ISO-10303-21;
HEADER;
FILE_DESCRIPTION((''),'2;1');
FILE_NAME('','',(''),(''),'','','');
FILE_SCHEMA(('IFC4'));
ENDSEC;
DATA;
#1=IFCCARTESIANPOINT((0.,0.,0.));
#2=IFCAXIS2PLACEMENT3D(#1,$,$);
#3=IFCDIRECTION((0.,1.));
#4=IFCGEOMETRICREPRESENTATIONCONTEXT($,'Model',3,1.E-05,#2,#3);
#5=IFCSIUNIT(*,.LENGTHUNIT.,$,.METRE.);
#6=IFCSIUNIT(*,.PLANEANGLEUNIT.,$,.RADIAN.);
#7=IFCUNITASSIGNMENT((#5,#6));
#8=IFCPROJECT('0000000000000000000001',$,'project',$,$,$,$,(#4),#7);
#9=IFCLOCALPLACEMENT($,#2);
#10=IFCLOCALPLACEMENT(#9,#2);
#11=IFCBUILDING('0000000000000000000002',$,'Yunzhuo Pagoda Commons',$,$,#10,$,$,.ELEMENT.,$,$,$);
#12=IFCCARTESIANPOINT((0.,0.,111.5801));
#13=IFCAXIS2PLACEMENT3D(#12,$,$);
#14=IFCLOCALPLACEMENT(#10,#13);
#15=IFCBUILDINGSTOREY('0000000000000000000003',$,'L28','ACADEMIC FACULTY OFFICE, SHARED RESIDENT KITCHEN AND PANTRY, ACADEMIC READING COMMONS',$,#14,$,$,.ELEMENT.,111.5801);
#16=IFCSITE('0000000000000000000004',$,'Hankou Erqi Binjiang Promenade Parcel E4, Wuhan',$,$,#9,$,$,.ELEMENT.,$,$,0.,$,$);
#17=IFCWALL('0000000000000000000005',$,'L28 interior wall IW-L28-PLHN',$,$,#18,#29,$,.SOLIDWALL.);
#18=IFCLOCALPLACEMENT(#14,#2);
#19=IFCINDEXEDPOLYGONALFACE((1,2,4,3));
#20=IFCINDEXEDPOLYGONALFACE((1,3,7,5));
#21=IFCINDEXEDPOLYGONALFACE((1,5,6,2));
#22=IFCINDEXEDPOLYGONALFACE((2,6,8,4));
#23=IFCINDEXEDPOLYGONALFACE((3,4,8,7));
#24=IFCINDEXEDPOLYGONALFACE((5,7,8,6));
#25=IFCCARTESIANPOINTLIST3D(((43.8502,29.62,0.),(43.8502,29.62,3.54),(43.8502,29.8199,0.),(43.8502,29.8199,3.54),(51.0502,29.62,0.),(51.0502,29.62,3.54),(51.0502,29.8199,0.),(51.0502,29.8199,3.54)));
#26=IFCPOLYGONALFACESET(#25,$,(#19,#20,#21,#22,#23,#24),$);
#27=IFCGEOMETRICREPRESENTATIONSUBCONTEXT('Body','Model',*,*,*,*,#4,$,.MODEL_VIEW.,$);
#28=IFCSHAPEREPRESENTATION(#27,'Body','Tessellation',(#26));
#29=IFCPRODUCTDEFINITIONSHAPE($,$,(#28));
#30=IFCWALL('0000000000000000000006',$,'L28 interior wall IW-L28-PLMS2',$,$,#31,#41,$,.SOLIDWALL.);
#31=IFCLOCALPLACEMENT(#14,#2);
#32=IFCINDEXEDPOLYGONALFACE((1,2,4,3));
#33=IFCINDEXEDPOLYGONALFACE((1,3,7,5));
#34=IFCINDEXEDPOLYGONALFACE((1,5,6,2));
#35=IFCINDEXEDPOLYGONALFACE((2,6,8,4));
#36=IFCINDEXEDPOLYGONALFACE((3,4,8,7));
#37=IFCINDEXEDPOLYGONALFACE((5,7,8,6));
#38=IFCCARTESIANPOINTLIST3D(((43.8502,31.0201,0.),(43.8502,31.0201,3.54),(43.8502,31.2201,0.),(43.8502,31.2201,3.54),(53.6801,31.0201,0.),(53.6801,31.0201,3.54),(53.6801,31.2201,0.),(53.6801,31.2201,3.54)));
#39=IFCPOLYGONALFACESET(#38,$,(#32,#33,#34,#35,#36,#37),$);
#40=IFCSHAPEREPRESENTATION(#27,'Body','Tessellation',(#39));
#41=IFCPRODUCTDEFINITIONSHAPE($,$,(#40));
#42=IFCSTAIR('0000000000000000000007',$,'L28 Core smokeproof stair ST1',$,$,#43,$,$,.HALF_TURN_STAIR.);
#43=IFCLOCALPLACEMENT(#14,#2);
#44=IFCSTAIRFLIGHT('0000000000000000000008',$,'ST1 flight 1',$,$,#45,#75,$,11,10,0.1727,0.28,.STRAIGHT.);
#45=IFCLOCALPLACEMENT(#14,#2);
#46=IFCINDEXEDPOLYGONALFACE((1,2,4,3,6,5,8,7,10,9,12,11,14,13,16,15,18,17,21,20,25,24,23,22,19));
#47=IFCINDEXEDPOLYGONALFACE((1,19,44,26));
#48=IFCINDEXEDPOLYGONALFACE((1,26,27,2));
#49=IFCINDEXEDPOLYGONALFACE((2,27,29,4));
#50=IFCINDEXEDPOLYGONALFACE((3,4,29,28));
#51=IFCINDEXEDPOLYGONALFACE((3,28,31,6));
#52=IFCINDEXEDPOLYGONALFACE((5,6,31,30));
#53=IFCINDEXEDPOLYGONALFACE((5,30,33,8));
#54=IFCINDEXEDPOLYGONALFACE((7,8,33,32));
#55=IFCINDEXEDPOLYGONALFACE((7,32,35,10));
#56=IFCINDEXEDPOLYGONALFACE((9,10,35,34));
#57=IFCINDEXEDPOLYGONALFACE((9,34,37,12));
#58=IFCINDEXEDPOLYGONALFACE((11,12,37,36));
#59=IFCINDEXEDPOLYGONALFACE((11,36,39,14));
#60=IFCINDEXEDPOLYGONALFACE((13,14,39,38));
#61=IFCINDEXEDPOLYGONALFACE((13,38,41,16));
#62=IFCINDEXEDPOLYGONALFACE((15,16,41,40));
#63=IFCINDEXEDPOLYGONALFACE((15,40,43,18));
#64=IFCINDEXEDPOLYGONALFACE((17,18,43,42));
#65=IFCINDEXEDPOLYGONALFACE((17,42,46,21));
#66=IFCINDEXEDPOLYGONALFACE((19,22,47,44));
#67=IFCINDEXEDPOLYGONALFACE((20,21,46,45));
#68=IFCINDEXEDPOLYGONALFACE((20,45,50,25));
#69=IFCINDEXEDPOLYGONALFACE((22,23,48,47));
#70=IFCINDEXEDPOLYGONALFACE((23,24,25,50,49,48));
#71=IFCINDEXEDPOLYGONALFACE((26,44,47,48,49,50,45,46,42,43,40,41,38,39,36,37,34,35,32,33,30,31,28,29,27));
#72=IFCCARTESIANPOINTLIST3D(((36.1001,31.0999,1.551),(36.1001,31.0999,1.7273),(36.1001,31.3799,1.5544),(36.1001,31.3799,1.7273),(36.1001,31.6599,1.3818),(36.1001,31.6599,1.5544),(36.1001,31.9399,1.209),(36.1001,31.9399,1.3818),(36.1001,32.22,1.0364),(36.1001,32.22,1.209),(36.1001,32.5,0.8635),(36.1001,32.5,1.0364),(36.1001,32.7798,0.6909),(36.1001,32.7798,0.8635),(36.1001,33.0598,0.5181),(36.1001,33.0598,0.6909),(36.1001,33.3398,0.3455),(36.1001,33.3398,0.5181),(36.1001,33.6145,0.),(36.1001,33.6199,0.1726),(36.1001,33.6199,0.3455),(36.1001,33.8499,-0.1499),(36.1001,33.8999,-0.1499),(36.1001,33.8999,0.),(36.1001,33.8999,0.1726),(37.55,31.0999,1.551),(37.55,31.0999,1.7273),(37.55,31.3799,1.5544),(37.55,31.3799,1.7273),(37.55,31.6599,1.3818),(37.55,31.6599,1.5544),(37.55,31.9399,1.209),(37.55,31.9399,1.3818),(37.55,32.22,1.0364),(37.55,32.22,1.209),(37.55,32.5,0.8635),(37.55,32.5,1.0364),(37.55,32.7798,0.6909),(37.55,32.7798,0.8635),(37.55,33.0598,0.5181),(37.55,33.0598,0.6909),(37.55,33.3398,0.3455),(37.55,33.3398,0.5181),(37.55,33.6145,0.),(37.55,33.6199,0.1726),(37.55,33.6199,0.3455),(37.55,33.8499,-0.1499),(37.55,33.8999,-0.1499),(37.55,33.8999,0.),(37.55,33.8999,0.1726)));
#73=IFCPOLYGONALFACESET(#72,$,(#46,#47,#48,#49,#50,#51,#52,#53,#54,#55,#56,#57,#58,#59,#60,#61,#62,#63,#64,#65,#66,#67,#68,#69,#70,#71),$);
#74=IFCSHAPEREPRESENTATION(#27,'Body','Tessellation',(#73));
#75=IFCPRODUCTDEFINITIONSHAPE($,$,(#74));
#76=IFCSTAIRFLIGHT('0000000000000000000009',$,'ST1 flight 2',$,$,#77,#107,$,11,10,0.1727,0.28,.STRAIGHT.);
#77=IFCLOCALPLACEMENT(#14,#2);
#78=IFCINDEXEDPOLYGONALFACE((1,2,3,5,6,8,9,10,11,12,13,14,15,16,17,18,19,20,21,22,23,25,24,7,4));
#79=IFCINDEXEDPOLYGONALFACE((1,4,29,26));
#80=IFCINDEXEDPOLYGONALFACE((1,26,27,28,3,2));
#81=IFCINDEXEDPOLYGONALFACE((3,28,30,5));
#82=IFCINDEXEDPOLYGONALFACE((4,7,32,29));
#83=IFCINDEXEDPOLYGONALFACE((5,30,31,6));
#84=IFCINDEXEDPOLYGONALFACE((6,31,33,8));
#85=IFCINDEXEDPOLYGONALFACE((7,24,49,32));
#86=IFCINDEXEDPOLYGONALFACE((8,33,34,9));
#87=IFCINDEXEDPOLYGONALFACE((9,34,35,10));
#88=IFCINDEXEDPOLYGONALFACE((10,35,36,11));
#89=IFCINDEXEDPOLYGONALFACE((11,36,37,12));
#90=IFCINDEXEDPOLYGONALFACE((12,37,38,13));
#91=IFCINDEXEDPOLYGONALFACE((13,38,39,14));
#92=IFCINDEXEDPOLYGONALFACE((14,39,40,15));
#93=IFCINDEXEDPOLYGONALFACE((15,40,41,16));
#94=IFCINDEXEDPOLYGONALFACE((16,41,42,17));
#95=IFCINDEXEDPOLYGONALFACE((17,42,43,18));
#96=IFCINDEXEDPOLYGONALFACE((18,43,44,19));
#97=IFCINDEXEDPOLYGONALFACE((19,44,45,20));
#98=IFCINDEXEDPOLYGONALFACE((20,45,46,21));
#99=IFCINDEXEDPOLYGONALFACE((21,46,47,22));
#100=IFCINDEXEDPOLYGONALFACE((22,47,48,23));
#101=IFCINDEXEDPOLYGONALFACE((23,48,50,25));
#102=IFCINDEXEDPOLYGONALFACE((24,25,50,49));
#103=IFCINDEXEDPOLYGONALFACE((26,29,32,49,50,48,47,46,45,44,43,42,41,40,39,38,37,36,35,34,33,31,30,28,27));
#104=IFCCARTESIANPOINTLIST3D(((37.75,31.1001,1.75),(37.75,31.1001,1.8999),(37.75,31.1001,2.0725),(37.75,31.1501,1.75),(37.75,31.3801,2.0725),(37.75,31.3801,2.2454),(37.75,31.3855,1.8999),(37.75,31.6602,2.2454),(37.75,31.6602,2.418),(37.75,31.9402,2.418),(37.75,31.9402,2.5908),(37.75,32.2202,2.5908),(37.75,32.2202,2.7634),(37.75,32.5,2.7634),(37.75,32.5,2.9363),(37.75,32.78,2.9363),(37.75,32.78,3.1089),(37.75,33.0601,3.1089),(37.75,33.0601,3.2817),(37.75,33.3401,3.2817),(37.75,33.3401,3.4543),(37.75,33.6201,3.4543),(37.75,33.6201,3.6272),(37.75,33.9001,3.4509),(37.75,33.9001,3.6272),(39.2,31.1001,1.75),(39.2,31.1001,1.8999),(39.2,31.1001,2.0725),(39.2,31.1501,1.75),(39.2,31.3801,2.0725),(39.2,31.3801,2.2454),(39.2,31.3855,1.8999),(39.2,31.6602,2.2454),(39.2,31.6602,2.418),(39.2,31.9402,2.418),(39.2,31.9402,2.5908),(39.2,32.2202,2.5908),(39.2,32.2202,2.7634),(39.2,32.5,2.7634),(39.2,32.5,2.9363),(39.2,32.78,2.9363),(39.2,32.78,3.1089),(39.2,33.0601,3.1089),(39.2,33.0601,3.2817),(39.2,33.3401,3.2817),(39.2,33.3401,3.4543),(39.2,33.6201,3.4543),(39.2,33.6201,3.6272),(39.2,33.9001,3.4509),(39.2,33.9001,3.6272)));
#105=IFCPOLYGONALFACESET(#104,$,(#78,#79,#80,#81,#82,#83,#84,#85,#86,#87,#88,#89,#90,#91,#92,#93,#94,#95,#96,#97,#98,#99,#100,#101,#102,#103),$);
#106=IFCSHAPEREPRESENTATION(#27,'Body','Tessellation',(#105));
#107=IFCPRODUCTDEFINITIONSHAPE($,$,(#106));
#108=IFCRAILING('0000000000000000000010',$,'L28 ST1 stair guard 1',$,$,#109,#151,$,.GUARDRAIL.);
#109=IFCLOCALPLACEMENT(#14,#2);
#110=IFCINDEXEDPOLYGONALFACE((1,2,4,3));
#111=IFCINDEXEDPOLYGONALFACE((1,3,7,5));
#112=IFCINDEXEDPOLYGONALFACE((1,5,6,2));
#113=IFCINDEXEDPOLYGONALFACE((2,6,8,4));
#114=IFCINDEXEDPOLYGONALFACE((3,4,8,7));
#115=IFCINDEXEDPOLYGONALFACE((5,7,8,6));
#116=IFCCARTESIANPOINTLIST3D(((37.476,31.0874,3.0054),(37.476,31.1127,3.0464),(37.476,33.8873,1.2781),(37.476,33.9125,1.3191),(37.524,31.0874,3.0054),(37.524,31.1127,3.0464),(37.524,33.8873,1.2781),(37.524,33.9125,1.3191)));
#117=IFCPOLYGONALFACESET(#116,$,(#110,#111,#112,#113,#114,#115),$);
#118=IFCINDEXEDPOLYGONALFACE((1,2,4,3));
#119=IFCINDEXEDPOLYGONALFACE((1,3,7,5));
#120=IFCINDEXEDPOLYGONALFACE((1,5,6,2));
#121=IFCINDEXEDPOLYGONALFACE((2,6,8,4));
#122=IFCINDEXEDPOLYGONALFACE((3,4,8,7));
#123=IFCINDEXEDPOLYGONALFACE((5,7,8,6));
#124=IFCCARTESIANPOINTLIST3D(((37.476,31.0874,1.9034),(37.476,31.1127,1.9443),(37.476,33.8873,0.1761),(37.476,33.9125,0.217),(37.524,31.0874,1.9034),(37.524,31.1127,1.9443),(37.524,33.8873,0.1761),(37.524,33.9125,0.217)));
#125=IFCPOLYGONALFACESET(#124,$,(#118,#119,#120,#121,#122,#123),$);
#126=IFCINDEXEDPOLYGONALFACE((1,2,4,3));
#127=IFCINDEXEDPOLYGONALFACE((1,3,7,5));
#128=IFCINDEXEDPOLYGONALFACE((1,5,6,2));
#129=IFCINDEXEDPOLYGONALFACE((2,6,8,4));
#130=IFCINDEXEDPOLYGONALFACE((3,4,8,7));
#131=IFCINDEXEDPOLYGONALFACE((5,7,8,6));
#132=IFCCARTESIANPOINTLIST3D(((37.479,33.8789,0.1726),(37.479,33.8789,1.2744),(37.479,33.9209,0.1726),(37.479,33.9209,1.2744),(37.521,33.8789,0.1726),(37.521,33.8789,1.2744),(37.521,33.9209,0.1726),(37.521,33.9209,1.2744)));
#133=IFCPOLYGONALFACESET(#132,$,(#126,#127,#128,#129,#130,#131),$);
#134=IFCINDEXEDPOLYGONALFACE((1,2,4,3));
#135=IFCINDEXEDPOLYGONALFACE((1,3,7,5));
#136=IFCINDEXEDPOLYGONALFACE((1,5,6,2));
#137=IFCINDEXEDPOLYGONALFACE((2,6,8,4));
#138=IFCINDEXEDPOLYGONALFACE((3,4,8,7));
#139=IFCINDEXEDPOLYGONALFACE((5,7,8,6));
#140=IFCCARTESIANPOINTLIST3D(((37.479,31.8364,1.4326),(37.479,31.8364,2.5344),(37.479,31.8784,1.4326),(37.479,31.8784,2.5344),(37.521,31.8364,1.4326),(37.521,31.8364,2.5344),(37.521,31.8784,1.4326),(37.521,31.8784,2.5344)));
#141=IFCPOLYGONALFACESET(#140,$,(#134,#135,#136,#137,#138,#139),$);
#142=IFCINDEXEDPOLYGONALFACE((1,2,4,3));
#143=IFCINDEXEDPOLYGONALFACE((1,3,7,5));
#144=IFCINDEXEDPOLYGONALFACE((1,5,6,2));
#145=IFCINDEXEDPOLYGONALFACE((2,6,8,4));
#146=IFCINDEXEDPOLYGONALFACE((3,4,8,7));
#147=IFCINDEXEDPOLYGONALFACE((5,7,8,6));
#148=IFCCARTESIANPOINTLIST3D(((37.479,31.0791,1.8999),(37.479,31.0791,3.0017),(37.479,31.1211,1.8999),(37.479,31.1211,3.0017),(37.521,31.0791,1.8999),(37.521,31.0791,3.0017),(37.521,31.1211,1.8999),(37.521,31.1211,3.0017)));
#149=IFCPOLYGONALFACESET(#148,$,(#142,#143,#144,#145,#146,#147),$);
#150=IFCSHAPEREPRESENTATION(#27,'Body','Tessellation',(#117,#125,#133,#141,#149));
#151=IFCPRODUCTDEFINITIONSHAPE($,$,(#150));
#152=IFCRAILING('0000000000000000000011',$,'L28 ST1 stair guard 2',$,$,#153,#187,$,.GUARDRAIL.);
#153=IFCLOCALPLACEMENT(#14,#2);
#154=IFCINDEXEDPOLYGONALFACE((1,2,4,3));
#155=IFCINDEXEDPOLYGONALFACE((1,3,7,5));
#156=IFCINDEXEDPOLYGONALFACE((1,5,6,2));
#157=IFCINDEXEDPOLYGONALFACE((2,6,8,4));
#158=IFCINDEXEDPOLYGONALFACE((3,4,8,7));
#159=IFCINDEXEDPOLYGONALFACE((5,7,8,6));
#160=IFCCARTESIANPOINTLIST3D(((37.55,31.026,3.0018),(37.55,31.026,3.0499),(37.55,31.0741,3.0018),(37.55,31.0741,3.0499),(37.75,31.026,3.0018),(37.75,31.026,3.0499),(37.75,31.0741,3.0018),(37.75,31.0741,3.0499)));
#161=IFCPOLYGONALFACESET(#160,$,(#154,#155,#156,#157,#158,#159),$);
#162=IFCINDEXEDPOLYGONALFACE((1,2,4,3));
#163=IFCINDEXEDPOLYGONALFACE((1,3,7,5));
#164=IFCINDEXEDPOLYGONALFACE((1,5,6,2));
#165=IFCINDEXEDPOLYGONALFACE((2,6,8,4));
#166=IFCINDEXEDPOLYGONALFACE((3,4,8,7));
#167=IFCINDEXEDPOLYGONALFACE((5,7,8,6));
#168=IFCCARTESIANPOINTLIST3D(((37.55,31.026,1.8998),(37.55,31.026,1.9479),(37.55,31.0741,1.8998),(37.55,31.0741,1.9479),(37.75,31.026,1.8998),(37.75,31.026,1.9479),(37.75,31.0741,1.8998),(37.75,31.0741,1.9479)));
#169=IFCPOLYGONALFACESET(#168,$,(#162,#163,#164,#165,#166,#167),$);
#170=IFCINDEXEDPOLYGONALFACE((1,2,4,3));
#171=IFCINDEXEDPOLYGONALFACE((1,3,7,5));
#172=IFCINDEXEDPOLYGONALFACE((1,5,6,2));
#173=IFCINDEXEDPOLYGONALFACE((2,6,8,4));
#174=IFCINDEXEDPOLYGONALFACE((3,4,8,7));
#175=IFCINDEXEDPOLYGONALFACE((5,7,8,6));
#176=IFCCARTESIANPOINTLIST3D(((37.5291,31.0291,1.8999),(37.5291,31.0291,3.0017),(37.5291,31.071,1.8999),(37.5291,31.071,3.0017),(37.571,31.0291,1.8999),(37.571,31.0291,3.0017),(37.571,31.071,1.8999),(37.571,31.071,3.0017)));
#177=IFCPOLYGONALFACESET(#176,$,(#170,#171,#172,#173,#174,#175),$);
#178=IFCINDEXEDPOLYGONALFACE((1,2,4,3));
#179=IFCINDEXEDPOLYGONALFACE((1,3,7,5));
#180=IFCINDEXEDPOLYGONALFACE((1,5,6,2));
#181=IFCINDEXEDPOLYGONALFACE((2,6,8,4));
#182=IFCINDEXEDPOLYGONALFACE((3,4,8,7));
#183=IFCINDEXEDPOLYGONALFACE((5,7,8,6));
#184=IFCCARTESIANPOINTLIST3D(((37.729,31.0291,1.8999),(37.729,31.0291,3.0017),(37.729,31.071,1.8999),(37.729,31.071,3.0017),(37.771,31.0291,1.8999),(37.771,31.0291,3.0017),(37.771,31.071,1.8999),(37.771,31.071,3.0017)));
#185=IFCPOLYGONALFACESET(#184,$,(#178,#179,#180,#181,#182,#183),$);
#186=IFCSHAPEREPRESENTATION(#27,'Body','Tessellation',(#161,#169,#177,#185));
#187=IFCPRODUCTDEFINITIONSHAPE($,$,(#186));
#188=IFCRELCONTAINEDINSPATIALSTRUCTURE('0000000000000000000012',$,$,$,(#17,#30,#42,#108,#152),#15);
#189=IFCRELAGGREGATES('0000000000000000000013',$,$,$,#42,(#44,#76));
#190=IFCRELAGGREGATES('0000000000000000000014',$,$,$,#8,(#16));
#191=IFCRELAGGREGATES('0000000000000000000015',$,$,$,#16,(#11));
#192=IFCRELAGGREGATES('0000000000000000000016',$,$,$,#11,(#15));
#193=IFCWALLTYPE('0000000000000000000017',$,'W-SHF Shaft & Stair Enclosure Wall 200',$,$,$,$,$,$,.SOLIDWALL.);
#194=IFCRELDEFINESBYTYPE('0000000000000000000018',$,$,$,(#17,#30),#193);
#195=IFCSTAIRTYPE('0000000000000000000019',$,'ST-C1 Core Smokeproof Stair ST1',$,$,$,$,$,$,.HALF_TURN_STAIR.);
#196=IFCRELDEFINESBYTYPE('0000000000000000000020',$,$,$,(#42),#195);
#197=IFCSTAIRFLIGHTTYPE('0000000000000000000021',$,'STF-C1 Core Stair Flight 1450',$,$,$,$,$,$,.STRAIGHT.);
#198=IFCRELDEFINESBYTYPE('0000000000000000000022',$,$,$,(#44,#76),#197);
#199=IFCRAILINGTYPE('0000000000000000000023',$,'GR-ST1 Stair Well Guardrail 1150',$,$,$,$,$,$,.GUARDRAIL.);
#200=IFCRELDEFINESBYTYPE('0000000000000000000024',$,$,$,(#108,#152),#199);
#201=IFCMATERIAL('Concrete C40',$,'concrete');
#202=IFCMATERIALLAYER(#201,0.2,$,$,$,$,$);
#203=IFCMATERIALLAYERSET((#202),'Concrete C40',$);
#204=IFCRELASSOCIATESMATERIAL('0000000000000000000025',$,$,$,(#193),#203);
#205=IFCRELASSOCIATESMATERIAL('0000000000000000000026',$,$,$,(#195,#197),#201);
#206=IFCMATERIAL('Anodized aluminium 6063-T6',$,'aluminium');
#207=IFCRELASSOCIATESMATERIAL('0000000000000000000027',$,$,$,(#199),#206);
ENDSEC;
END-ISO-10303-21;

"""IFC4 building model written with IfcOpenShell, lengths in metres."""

from ifc_helpers import new_model, si_unit, direction, frame, frame_2d, origin, origin_2d, place, context, subcontext, project, spatial, polyline, rectangle, outline, extrude, source, transform, mapped, material, layer, layer_set, type_object, element, aggregate, save


model = new_model("IFC4")

# Units and contexts
model_context = context("Model", 3, precision=1e-05, world=origin(), true_north=direction((0.0, 1.0)))
body_context = subcontext(model_context, "Body", "Model", "MODEL_VIEW")
ifc_project = project(units=[si_unit("LENGTHUNIT", "METRE"), si_unit("PLANEANGLEUNIT", "RADIAN")], contexts=[model_context])

# Site, building, storey
site_placement = place(None, origin())
site = spatial("IfcSite", under=ifc_project, at=site_placement, Name="Hankou Erqi Binjiang Promenade Parcel E4, Wuhan", CompositionType="ELEMENT", RefElevation=0.0)
building_placement = place(site_placement, origin())
building = spatial("IfcBuilding", under=site, at=building_placement, Name="Yunzhuo Pagoda Commons", CompositionType="ELEMENT")
storey_placement = place(building_placement, frame((0.0, 0.0, 111.5801)))
storey = spatial("IfcBuildingStorey", under=building, at=storey_placement, Name="L28", Description="ACADEMIC FACULTY OFFICE, SHARED RESIDENT KITCHEN AND PANTRY, ACADEMIC READING COMMONS", CompositionType="ELEMENT", Elevation=111.5801)

# Shared definitions
ifc_material_1 = material(Name="Concrete C40", Category="concrete")
ifc_layer_1 = layer(ifc_material_1, 0.2)
ifc_layer_set_1 = layer_set([ifc_layer_1], Name="Concrete C40")
wall_type_1 = type_object("IfcWallType", Name="W-SHF Shaft & Stair Enclosure Wall 200", PredefinedType="SOLIDWALL", material=ifc_layer_set_1)

# Walls
wall_1_placement = place(storey_placement, frame((43.8501, 29.72, 0.0), z_axis=(0.0, 0.0, 1.0), x_axis=(1.0, 0.0, 0.0)))
element("IfcWall", 1, at=wall_1_placement, inside=storey, type_object=wall_type_1, Name="L28 interior wall IW-L28-PLHN", PredefinedType="SOLIDWALL", context=body_context, shape_type="SweptSolid", body=[
    extrude(rectangle(XDim=7.2, YDim=0.2, at=frame_2d((3.6001, 0.0))), origin(), (0.0, 0.0, 1.0), 3.54),
])
wall_2_placement = place(storey_placement, frame((43.8501, 31.1201, 0.0), z_axis=(0.0, 0.0, 1.0), x_axis=(1.0, 0.0, 0.0)))
element("IfcWall", 2, at=wall_2_placement, inside=storey, type_object=wall_type_1, Name="L28 interior wall IW-L28-PLMS2", PredefinedType="SOLIDWALL", context=body_context, shape_type="SweptSolid", body=[
    extrude(rectangle(XDim=9.8298, YDim=0.2, at=frame_2d((4.915, 0.0))), origin(), (0.0, 0.0, 1.0), 3.54),
])

# Stair, stair flights
stair_type = type_object("IfcStairType", Name="ST-C1 Core Smokeproof Stair ST1", PredefinedType="HALF_TURN_STAIR", material=ifc_material_1)
stair_placement = place(storey_placement, origin())
stair = element("IfcStair", 3, at=stair_placement, inside=storey, type_object=stair_type, Name="L28 Core smokeproof stair ST1", PredefinedType="HALF_TURN_STAIR")
stair_flight_type = type_object("IfcStairFlightType", Name="STF-C1 Core Stair Flight 1450", PredefinedType="STRAIGHT", material=ifc_material_1)
shared_shape_1 = source(origin(), body_context, "Body", "SweptSolid", [
    extrude(outline(polyline([(0.0, -0.1499), (0.0, 0.0), (0.0, 0.1726), (0.28, 0.1726), (0.28, 0.3455), (0.5601, 0.3455), (0.5601, 0.5181), (0.8401, 0.5181), (0.8401, 0.6909), (1.1201, 0.6909), (1.1201, 0.8635), (1.3999, 0.8635), (1.3999, 1.0364), (1.6799, 1.0364), (1.6799, 1.209), (1.96, 1.209), (1.96, 1.3818), (2.24, 1.3818), (2.24, 1.5544), (2.52, 1.5544), (2.52, 1.7273), (2.8, 1.7273), (2.8, 1.8999), (2.8, 1.551), (0.2854, 0.0), (0.05, -0.1499), (0.0, -0.1499)])), frame((0.0, 0.7251, 0.0), z_axis=(0.0, -1.0, 0.0), x_axis=(1.0, 0.0, 0.0)), (0.0, 0.0, 1.0), 1.45),
])
stair_flight_1_placement = place(storey_placement, frame((36.825, 33.8999, 0.0), z_axis=(0.0, 0.0, 1.0), x_axis=(0.0, -1.0, 0.0)))
stair_flight_1 = element("IfcStairFlight", 4, at=stair_flight_1_placement, type_object=stair_flight_type, Name="ST1 flight 1", NumberOfRisers=11, NumberOfTreads=10, PredefinedType="STRAIGHT", RiserHeight=0.1727, TreadLength=0.28, context=body_context, shape_type="MappedRepresentation", body=[
    mapped(shared_shape_1, transform((0.0, 0.0, 0.0), scale=1.0)),
])
stair_flight_2_placement = place(storey_placement, frame((38.4751, 31.1001, 1.8999), z_axis=(0.0, 0.0, 1.0), x_axis=(0.0, 1.0, 0.0)))
stair_flight_2 = element("IfcStairFlight", 5, at=stair_flight_2_placement, type_object=stair_flight_type, Name="ST1 flight 2", NumberOfRisers=11, NumberOfTreads=10, PredefinedType="STRAIGHT", RiserHeight=0.1727, TreadLength=0.28, context=body_context, shape_type="MappedRepresentation", body=[
    mapped(shared_shape_1, transform((0.0, 0.0, 0.0), scale=1.0)),
])
aggregate(stair, [stair_flight_1, stair_flight_2])

# Railings
ifc_material_2 = material(Name="Anodized aluminium 6063-T6", Category="aluminium")
railing_type_1 = type_object("IfcRailingType", Name="GR-ST1 Stair Well Guardrail 1150", PredefinedType="GUARDRAIL", material=ifc_material_2)
railing_1_placement = place(storey_placement, frame((37.5, 33.8999, 0.1726)))
element("IfcRailing", 6, at=railing_1_placement, inside=storey, type_object=railing_type_1, Name="L28 ST1 stair guard 1", PredefinedType="GUARDRAIL", context=body_context, shape_type="SweptSolid", body=[
    extrude(rectangle(XDim=0.0481, YDim=0.0481, at=origin_2d()), frame((0.0, 0.0, 1.126), z_axis=(0.0, -0.851069, 0.525054), x_axis=(1.0, 0.0, 0.0)), (0.0, 0.0, 1.0), 3.2898),
    extrude(rectangle(XDim=0.0481, YDim=0.0481, at=origin_2d()), frame((0.0, 0.0, 0.0239), z_axis=(0.0, -0.851069, 0.525054), x_axis=(1.0, 0.0, 0.0)), (0.0, 0.0, 1.0), 3.2898),
    extrude(rectangle(XDim=0.042, YDim=0.042, at=origin_2d()), origin(), (0.0, 0.0, 1.0), 1.1018),
    extrude(rectangle(XDim=0.042, YDim=0.042, at=origin_2d()), frame((0.0, -2.0425, 1.26)), (0.0, 0.0, 1.0), 1.1018),
    extrude(rectangle(XDim=0.042, YDim=0.042, at=origin_2d()), frame((0.0, -2.7998, 1.7273)), (0.0, 0.0, 1.0), 1.1018),
])
railing_2_placement = place(storey_placement, frame((37.55, 31.05, 1.8999)))
element("IfcRailing", 7, at=railing_2_placement, inside=storey, type_object=railing_type_1, Name="L28 ST1 stair guard 2", PredefinedType="GUARDRAIL", context=body_context, shape_type="SweptSolid", body=[
    extrude(rectangle(XDim=0.0481, YDim=0.0481, at=origin_2d()), frame((0.0, 0.0, 1.126), z_axis=(1.0, 0.0, 0.0), x_axis=(0.0, 1.0, 0.0)), (0.0, 0.0, 1.0), 0.2),
    extrude(rectangle(XDim=0.0481, YDim=0.0481, at=origin_2d()), frame((0.0, 0.0, 0.0239), z_axis=(1.0, 0.0, 0.0), x_axis=(0.0, 1.0, 0.0)), (0.0, 0.0, 1.0), 0.2),
    extrude(rectangle(XDim=0.042, YDim=0.042, at=origin_2d()), origin(), (0.0, 0.0, 1.0), 1.1018),
    extrude(rectangle(XDim=0.042, YDim=0.042, at=origin_2d()), frame((0.2, 0.0, 0.0)), (0.0, 0.0, 1.0), 1.1018),
])

save(model, "model.ifc")
